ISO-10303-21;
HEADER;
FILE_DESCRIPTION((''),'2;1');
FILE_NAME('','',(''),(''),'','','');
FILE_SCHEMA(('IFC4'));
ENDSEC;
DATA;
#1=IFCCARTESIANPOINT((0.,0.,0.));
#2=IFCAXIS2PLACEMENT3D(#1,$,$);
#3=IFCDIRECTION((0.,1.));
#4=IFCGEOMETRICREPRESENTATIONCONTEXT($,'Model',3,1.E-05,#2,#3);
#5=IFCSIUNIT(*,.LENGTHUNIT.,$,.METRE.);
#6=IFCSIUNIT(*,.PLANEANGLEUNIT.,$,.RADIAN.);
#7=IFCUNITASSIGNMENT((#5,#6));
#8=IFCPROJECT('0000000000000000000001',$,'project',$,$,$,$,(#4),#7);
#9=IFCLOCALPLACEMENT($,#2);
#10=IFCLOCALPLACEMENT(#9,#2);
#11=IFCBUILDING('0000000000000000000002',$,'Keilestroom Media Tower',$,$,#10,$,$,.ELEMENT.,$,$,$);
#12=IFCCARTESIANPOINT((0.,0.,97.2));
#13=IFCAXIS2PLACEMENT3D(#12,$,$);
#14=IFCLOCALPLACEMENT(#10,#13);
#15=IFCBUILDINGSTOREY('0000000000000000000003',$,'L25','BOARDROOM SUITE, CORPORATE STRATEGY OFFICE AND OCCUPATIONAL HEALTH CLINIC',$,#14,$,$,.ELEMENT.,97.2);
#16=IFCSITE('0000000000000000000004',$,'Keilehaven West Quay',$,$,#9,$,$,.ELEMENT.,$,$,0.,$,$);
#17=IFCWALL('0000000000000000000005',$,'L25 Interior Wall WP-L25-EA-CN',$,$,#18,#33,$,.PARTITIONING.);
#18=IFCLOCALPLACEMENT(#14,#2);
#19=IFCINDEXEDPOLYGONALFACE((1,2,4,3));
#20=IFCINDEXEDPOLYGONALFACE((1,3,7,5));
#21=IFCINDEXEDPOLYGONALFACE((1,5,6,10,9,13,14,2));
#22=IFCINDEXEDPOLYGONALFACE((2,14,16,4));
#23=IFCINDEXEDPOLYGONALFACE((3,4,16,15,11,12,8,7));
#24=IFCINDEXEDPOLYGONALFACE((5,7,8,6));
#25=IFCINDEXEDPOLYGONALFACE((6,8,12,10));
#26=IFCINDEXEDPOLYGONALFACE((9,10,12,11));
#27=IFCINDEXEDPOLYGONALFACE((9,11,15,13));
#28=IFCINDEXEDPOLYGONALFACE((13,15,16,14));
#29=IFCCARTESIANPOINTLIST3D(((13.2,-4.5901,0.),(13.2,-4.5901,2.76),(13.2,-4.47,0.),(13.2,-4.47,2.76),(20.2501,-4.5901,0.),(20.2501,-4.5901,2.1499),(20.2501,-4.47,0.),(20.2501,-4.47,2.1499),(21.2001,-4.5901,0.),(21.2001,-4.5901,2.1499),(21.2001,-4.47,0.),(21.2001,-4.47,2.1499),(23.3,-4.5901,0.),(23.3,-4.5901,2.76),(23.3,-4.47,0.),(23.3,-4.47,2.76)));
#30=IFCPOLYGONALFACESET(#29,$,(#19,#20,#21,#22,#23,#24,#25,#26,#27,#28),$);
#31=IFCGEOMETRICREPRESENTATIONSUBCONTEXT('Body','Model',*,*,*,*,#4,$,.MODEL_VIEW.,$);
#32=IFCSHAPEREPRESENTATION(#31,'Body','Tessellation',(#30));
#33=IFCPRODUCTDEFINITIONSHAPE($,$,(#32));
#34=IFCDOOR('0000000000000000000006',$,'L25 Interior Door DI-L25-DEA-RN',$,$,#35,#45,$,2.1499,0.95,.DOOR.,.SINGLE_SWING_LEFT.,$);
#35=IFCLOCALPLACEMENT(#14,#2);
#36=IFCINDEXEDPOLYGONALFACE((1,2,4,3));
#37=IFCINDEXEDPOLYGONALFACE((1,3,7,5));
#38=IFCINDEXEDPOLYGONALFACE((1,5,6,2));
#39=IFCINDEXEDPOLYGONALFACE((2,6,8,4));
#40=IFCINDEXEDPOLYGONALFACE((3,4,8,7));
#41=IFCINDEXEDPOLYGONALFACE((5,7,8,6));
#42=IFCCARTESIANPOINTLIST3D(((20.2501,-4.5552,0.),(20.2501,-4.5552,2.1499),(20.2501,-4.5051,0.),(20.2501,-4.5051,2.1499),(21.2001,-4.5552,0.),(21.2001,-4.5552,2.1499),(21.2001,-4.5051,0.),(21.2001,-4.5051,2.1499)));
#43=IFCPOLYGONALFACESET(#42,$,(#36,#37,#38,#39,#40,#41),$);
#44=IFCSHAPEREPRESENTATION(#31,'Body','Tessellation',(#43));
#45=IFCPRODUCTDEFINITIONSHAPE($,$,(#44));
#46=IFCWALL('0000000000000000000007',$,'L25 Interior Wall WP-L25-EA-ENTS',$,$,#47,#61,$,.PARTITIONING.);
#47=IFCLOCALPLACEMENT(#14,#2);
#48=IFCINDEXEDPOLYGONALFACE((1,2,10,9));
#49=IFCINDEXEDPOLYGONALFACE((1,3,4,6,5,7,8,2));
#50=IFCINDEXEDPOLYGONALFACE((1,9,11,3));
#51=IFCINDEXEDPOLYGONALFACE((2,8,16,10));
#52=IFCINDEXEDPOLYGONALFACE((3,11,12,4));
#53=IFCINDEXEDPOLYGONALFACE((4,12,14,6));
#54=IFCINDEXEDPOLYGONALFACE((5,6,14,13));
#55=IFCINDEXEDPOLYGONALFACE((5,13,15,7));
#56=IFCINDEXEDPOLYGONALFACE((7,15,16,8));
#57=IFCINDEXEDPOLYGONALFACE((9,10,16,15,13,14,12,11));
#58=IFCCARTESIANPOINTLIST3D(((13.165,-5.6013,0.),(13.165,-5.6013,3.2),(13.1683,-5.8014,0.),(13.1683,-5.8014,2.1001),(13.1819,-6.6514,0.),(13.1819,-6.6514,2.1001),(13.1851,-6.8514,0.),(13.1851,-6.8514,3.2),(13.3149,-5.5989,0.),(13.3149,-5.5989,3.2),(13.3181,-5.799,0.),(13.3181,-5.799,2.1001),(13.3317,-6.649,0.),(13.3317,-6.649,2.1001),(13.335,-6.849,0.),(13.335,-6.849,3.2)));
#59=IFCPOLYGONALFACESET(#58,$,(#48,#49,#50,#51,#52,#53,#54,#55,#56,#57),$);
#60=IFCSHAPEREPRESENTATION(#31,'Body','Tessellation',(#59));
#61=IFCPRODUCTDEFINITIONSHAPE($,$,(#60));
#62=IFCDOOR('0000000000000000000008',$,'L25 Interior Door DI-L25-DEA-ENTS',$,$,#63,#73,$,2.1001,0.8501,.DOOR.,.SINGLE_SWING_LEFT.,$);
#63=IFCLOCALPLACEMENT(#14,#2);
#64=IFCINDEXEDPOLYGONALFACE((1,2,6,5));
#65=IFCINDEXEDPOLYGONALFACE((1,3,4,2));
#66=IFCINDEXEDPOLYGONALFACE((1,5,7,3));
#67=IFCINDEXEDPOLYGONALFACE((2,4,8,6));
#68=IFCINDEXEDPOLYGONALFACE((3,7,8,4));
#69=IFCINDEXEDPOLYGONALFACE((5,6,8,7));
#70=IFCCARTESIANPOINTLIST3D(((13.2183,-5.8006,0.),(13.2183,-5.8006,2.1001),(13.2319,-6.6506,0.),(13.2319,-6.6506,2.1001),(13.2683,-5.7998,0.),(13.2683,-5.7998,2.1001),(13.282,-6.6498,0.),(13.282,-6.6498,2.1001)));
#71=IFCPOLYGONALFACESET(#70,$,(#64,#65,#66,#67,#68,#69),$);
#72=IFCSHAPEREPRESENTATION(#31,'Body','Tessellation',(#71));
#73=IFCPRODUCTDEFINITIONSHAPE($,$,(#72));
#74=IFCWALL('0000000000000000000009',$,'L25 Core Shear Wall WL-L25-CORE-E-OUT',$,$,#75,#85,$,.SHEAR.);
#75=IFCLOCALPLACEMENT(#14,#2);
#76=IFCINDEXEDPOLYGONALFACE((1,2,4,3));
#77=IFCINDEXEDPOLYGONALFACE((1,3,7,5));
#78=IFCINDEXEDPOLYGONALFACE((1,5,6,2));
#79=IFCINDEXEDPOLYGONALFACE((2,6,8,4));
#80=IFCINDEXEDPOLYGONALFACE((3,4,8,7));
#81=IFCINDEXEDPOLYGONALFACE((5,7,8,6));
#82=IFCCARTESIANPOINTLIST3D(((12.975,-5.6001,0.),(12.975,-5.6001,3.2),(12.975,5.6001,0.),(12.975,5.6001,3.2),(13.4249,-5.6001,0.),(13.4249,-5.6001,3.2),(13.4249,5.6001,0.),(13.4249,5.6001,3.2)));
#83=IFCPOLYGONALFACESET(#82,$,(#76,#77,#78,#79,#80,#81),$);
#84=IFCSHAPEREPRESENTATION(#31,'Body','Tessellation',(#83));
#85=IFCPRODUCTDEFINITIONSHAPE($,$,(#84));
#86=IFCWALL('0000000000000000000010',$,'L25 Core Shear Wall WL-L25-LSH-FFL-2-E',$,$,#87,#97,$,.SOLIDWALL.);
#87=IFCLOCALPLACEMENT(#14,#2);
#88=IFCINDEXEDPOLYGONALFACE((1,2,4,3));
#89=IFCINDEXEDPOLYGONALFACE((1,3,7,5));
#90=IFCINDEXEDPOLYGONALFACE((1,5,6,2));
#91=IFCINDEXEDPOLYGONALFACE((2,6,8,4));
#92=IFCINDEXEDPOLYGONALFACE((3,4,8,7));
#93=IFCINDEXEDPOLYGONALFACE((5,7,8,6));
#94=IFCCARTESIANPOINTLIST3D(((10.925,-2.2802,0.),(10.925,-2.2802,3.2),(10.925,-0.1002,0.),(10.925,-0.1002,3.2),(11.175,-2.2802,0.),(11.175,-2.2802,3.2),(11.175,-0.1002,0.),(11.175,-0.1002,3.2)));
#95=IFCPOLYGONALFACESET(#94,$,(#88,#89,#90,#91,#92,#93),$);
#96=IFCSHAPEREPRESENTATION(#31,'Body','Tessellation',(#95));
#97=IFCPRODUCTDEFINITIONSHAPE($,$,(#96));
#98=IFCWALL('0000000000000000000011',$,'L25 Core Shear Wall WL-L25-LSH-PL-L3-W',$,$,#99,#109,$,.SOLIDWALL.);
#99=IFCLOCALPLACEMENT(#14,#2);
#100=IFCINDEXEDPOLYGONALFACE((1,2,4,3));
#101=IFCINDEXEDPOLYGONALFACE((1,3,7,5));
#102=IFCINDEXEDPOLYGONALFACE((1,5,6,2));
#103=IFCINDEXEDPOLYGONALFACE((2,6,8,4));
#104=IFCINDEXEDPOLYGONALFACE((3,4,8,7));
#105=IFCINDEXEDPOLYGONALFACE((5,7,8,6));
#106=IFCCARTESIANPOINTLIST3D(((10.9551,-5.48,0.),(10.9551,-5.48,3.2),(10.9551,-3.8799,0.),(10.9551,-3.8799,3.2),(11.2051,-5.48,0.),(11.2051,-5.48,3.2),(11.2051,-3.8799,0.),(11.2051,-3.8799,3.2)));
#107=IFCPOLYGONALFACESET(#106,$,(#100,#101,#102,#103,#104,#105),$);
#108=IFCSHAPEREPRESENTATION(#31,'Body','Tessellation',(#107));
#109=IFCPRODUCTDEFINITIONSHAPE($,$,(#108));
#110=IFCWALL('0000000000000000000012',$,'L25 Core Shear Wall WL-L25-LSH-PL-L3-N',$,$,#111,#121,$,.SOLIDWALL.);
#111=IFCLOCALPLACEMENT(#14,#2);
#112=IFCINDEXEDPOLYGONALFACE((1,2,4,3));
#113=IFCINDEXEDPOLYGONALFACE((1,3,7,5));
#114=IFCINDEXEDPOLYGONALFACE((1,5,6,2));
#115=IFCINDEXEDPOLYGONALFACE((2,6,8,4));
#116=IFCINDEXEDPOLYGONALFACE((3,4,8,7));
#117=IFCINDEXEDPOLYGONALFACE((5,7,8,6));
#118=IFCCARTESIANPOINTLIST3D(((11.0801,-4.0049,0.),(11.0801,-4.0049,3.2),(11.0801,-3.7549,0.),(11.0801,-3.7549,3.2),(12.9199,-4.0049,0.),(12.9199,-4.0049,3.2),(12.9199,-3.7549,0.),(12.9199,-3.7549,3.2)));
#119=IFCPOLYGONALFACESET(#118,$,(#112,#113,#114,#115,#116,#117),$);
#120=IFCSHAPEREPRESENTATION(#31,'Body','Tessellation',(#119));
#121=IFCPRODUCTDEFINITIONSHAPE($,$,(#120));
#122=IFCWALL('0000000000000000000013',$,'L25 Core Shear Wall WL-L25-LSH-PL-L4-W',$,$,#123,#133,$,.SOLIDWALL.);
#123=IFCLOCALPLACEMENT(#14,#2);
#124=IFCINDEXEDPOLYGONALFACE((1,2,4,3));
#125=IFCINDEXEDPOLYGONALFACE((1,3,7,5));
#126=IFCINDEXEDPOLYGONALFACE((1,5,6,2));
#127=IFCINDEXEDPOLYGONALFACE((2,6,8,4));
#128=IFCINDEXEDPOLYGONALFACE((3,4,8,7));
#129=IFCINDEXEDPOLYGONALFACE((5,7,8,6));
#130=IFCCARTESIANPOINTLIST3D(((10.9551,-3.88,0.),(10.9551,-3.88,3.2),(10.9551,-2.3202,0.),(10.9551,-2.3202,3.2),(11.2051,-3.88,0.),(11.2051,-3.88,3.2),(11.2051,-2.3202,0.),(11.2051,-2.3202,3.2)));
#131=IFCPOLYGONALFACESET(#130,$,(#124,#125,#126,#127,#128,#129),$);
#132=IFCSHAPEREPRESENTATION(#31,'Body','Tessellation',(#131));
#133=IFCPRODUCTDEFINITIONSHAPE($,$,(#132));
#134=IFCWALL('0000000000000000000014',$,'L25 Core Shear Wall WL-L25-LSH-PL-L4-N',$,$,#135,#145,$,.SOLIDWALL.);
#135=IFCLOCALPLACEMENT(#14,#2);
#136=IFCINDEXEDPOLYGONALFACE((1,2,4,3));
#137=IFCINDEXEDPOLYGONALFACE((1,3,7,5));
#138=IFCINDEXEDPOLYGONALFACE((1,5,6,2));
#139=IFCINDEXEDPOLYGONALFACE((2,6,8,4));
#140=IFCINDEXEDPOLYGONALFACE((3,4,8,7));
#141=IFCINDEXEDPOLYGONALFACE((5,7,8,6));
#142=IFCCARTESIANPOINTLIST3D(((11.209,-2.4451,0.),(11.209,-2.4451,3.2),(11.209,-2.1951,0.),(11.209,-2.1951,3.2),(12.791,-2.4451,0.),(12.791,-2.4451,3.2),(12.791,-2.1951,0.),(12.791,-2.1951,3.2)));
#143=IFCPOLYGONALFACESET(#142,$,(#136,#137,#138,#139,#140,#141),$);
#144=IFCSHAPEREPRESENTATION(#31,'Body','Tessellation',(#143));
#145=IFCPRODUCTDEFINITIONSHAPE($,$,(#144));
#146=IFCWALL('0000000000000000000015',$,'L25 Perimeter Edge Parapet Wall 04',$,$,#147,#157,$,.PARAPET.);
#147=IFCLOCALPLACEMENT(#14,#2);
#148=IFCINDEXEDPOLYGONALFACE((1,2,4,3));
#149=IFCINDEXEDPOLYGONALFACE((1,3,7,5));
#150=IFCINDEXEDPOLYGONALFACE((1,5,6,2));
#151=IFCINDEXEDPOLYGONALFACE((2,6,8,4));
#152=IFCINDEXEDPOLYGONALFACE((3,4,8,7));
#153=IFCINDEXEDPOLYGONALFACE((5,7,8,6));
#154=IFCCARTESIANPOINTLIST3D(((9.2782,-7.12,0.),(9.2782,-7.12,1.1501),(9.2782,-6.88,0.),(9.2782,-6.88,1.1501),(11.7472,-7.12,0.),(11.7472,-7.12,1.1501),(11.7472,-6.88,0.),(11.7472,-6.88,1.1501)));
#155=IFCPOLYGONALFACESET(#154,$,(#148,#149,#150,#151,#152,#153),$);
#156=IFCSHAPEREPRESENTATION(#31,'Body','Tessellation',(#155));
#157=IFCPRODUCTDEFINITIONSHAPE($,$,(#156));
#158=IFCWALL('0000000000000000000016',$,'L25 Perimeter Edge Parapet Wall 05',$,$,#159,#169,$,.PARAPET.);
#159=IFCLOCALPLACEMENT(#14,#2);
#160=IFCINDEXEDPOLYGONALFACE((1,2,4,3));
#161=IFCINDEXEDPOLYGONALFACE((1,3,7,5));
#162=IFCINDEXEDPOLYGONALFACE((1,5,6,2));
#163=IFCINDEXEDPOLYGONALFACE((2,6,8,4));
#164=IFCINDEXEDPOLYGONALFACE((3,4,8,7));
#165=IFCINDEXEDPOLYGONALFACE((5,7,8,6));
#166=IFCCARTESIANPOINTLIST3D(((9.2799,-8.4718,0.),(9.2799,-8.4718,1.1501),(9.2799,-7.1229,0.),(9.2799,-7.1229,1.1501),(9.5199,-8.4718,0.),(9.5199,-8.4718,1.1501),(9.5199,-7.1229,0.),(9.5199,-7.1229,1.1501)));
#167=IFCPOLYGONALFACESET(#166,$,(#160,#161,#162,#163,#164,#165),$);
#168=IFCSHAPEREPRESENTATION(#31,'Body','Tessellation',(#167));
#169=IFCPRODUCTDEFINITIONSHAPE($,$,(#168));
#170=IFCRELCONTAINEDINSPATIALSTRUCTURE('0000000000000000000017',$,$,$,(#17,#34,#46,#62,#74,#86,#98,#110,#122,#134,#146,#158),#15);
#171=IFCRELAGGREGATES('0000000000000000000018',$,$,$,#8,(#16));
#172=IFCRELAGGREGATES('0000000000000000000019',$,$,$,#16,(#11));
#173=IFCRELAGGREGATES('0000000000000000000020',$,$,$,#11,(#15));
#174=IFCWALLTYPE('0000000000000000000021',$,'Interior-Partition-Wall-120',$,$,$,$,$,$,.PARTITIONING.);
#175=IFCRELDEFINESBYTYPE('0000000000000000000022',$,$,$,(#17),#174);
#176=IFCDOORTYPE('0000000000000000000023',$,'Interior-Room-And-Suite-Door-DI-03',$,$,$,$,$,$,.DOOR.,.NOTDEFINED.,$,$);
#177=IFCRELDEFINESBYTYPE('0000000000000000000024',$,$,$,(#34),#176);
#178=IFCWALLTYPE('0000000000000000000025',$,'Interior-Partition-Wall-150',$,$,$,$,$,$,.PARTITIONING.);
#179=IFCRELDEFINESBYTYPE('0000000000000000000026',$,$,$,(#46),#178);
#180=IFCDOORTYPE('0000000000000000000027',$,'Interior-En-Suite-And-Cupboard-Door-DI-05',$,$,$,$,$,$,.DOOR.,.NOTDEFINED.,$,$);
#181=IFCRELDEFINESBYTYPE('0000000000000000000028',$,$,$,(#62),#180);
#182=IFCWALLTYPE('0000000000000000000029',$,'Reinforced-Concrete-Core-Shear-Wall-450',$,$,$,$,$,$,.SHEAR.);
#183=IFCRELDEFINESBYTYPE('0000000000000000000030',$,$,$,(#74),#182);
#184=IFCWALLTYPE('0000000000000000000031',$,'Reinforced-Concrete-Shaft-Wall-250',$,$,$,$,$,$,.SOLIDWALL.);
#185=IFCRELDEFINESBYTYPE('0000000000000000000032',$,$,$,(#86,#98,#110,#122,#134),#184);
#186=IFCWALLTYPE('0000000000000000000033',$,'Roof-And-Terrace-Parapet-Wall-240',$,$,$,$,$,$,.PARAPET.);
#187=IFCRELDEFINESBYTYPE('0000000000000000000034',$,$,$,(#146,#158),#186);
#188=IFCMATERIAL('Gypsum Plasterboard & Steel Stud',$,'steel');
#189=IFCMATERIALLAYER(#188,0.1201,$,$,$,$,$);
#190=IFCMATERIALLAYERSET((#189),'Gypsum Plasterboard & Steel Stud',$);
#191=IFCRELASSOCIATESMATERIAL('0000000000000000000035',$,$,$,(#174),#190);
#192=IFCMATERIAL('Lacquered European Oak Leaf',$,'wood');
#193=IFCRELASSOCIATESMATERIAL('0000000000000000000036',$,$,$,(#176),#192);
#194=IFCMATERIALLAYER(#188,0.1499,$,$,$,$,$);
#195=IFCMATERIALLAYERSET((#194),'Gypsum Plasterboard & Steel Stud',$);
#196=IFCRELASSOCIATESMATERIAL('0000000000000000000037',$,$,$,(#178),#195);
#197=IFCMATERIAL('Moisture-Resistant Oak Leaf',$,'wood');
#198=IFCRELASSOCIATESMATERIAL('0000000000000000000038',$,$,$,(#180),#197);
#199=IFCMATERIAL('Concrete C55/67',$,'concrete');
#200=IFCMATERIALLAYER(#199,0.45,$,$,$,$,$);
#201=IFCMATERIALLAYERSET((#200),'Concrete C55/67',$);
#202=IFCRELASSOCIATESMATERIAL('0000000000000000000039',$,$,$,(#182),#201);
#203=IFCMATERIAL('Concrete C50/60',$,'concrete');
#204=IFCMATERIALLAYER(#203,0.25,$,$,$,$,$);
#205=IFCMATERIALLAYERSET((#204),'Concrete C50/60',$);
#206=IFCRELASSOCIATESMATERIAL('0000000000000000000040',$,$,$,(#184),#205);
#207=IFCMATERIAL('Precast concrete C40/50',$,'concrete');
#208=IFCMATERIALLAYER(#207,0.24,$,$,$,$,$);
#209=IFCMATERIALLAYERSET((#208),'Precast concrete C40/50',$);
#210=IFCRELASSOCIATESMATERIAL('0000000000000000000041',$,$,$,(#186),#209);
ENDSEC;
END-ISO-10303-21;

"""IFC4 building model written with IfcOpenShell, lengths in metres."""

from ifc_helpers import new_model, si_unit, direction, frame, frame_2d, origin, place, context, subcontext, project, spatial, rectangle, extrude, source, transform, mapped, material, layer, layer_set, type_object, element, fill, save


model = new_model("IFC4")

# Units and contexts
model_context = context("Model", 3, precision=1e-05, world=origin(), true_north=direction((0.0, 1.0)))
body_context = subcontext(model_context, "Body", "Model", "MODEL_VIEW")
ifc_project = project(units=[si_unit("LENGTHUNIT", "METRE"), si_unit("PLANEANGLEUNIT", "RADIAN")], contexts=[model_context])

# Site, building, storey
site_placement = place(None, origin())
site = spatial("IfcSite", under=ifc_project, at=site_placement, Name="Keilehaven West Quay", CompositionType="ELEMENT", RefElevation=0.0)
building_placement = place(site_placement, origin())
building = spatial("IfcBuilding", under=site, at=building_placement, Name="Keilestroom Media Tower", CompositionType="ELEMENT")
storey_placement = place(building_placement, frame((0.0, 0.0, 97.2)))
storey = spatial("IfcBuildingStorey", under=building, at=storey_placement, Name="L25", Description="BOARDROOM SUITE, CORPORATE STRATEGY OFFICE AND OCCUPATIONAL HEALTH CLINIC", CompositionType="ELEMENT", Elevation=97.2)

# Shared definitions
ifc_material_1 = material(Name="Precast concrete C40/50", Category="concrete")
ifc_material_2 = material(Name="Concrete C55/67", Category="concrete")

# Walls, openings, doors
ifc_material_3 = material(Name="Gypsum Plasterboard & Steel Stud", Category="steel")
ifc_layer_1 = layer(ifc_material_3, 0.1201)
ifc_layer_set_1 = layer_set([ifc_layer_1], Name="Gypsum Plasterboard & Steel Stud")
wall_type_1 = type_object("IfcWallType", Name="Interior-Partition-Wall-120", PredefinedType="PARTITIONING", material=ifc_layer_set_1)
wall_1_placement = place(storey_placement, frame((13.2, -4.53, 0.0), z_axis=(0.0, 0.0, 1.0), x_axis=(1.0, 0.0, 0.0)))
wall_1 = element("IfcWall", 1, at=wall_1_placement, inside=storey, type_object=wall_type_1, Name="L25 Interior Wall WP-L25-EA-CN", PredefinedType="PARTITIONING", context=body_context, shape_type="SweptSolid", body=[
    extrude(rectangle(XDim=10.1001, YDim=0.1201, at=frame_2d((5.05, 0.0))), origin(), (0.0, 0.0, 1.0), 2.76),
])
opening_1_placement = place(wall_1_placement, frame((7.05, 0.0, 0.0)))
opening_1 = element("IfcOpeningElement", 2, at=opening_1_placement, cuts=wall_1, PredefinedType="OPENING", context=body_context, shape_type="SweptSolid", body=[
    extrude(rectangle(XDim=0.95, YDim=2.1499, at=frame_2d((0.4751, 1.075))), frame((0.0, 0.0701, 0.0), z_axis=(0.0, -1.0, 0.0), x_axis=(1.0, 0.0, 0.0)), (0.0, 0.0, 1.0), 0.1401),
])
ifc_material_4 = material(Name="Lacquered European Oak Leaf", Category="wood")
door_type_1 = type_object("IfcDoorType", Name="Interior-Room-And-Suite-Door-DI-03", OperationType="NOTDEFINED", PredefinedType="DOOR", material=ifc_material_4)
shared_shape_1 = source(origin(), body_context, "Body", "SweptSolid", [
    extrude(rectangle(XDim=0.95, YDim=2.1499, at=frame_2d((0.4751, 1.075))), frame((0.0, 0.0249, 0.0), z_axis=(0.0, -1.0, 0.0), x_axis=(1.0, 0.0, 0.0)), (0.0, 0.0, 1.0), 0.05),
])
door_1_placement = place(opening_1_placement, origin())
door_1 = element("IfcDoor", 3, at=door_1_placement, inside=storey, type_object=door_type_1, Name="L25 Interior Door DI-L25-DEA-RN", OperationType="SINGLE_SWING_LEFT", OverallHeight=2.1499, OverallWidth=0.95, PredefinedType="DOOR", context=body_context, shape_type="MappedRepresentation", body=[
    mapped(shared_shape_1, transform((0.0, 0.0, 0.0), x_axis=(1.0, 0.0, 0.0), y_axis=(0.0, 1.0, 0.0), z_axis=(0.0, 0.0, 1.0), scale=1.0)),
])
fill(opening_1, door_1)
ifc_layer_2 = layer(ifc_material_3, 0.1499)
ifc_layer_set_2 = layer_set([ifc_layer_2], Name="Gypsum Plasterboard & Steel Stud")
wall_type_2 = type_object("IfcWallType", Name="Interior-Partition-Wall-150", PredefinedType="PARTITIONING", material=ifc_layer_set_2)
wall_2_placement = place(storey_placement, frame((13.26, -6.8501, 0.0), z_axis=(0.0, 0.0, 1.0), x_axis=(-0.016014, 0.999872, 0.0)))
wall_2 = element("IfcWall", 4, at=wall_2_placement, inside=storey, type_object=wall_type_2, Name="L25 Interior Wall WP-L25-EA-ENTS", PredefinedType="PARTITIONING", context=body_context, shape_type="SweptSolid", body=[
    extrude(rectangle(XDim=1.2502, YDim=0.1499, at=frame_2d((0.625, 0.0))), origin(), (0.0, 0.0, 1.0), 3.2),
])
opening_2_placement = place(wall_2_placement, frame((0.2, 0.0, 0.0)))
opening_2 = element("IfcOpeningElement", 5, at=opening_2_placement, cuts=wall_2, PredefinedType="OPENING", context=body_context, shape_type="SweptSolid", body=[
    extrude(rectangle(XDim=0.8501, YDim=2.1001, at=frame_2d((0.425, 1.05))), frame((0.0, 0.085, 0.0), z_axis=(0.0, -1.0, 0.0), x_axis=(1.0, 0.0, 0.0)), (0.0, 0.0, 1.0), 0.1699),
])
ifc_material_5 = material(Name="Moisture-Resistant Oak Leaf", Category="wood")
door_type_2 = type_object("IfcDoorType", Name="Interior-En-Suite-And-Cupboard-Door-DI-05", OperationType="NOTDEFINED", PredefinedType="DOOR", material=ifc_material_5)
shared_shape_2 = source(origin(), body_context, "Body", "SweptSolid", [
    extrude(rectangle(XDim=0.8501, YDim=2.1001, at=frame_2d((0.425, 1.05))), frame((0.0, 0.0249, 0.0), z_axis=(0.0, -1.0, 0.0), x_axis=(1.0, 0.0, 0.0)), (0.0, 0.0, 1.0), 0.05),
])
door_2_placement = place(opening_2_placement, origin())
door_2 = element("IfcDoor", 6, at=door_2_placement, inside=storey, type_object=door_type_2, Name="L25 Interior Door DI-L25-DEA-ENTS", OperationType="SINGLE_SWING_LEFT", OverallHeight=2.1001, OverallWidth=0.8501, PredefinedType="DOOR", context=body_context, shape_type="MappedRepresentation", body=[
    mapped(shared_shape_2, transform((0.0, 0.0, 0.0), x_axis=(1.0, 0.0, 0.0), y_axis=(0.0, 1.0, 0.0), z_axis=(0.0, 0.0, 1.0), scale=1.0)),
])
fill(opening_2, door_2)

# Walls
ifc_layer_3 = layer(ifc_material_2, 0.45)
ifc_layer_set_3 = layer_set([ifc_layer_3], Name="Concrete C55/67")
wall_type_3 = type_object("IfcWallType", Name="Reinforced-Concrete-Core-Shear-Wall-450", PredefinedType="SHEAR", material=ifc_layer_set_3)
wall_3_placement = place(storey_placement, frame((13.2, -5.6001, 0.0), z_axis=(0.0, 0.0, 1.0), x_axis=(0.0, 1.0, 0.0)))
element("IfcWall", 7, at=wall_3_placement, inside=storey, type_object=wall_type_3, Name="L25 Core Shear Wall WL-L25-CORE-E-OUT", PredefinedType="SHEAR", context=body_context, shape_type="SweptSolid", body=[
    extrude(rectangle(XDim=11.2002, YDim=0.45, at=frame_2d((5.6001, 0.0))), origin(), (0.0, 0.0, 1.0), 3.2),
])
ifc_material_6 = material(Name="Concrete C50/60", Category="concrete")
ifc_layer_4 = layer(ifc_material_6, 0.25)
ifc_layer_set_4 = layer_set([ifc_layer_4], Name="Concrete C50/60")
wall_type_4 = type_object("IfcWallType", Name="Reinforced-Concrete-Shaft-Wall-250", PredefinedType="SOLIDWALL", material=ifc_layer_set_4)
wall_4_placement = place(storey_placement, frame((11.05, -2.28, 0.0), z_axis=(0.0, 0.0, 1.0), x_axis=(0.0, 1.0, 0.0)))
element("IfcWall", 8, at=wall_4_placement, inside=storey, type_object=wall_type_4, Name="L25 Core Shear Wall WL-L25-LSH-FFL-2-E", PredefinedType="SOLIDWALL", context=body_context, shape_type="SweptSolid", body=[
    extrude(rectangle(XDim=2.1799, YDim=0.25, at=frame_2d((1.0898, 0.0))), origin(), (0.0, 0.0, 1.0), 3.2),
])
wall_5_placement = place(storey_placement, frame((11.0801, -5.48, 0.0), z_axis=(0.0, 0.0, 1.0), x_axis=(0.0, 1.0, 0.0)))
element("IfcWall", 9, at=wall_5_placement, inside=storey, type_object=wall_type_4, Name="L25 Core Shear Wall WL-L25-LSH-PL-L3-W", PredefinedType="SOLIDWALL", context=body_context, shape_type="SweptSolid", body=[
    extrude(rectangle(XDim=1.6001, YDim=0.25, at=frame_2d((0.8, 0.0))), origin(), (0.0, 0.0, 1.0), 3.2),
])
wall_6_placement = place(storey_placement, frame((11.0801, -3.8799, 0.0), z_axis=(0.0, 0.0, 1.0), x_axis=(1.0, 0.0, 0.0)))
element("IfcWall", 10, at=wall_6_placement, inside=storey, type_object=wall_type_4, Name="L25 Core Shear Wall WL-L25-LSH-PL-L3-N", PredefinedType="SOLIDWALL", context=body_context, shape_type="SweptSolid", body=[
    extrude(rectangle(XDim=1.8398, YDim=0.25, at=frame_2d((0.9199, 0.0))), origin(), (0.0, 0.0, 1.0), 3.2),
])
wall_7_placement = place(storey_placement, frame((11.0801, -3.8799, 0.0), z_axis=(0.0, 0.0, 1.0), x_axis=(0.0, 1.0, 0.0)))
element("IfcWall", 11, at=wall_7_placement, inside=storey, type_object=wall_type_4, Name="L25 Core Shear Wall WL-L25-LSH-PL-L4-W", PredefinedType="SOLIDWALL", context=body_context, shape_type="SweptSolid", body=[
    extrude(rectangle(XDim=1.5598, YDim=0.25, at=frame_2d((0.7798, 0.0))), origin(), (0.0, 0.0, 1.0), 3.2),
])
wall_8_placement = place(storey_placement, frame((11.209, -2.3201, 0.0), z_axis=(0.0, 0.0, 1.0), x_axis=(1.0, 0.0, 0.0)))
element("IfcWall", 12, at=wall_8_placement, inside=storey, type_object=wall_type_4, Name="L25 Core Shear Wall WL-L25-LSH-PL-L4-N", PredefinedType="SOLIDWALL", context=body_context, shape_type="SweptSolid", body=[
    extrude(rectangle(XDim=1.582, YDim=0.25, at=frame_2d((0.791, 0.0))), origin(), (0.0, 0.0, 1.0), 3.2),
])
ifc_layer_5 = layer(ifc_material_1, 0.24)
ifc_layer_set_5 = layer_set([ifc_layer_5], Name="Precast concrete C40/50")
wall_type_5 = type_object("IfcWallType", Name="Roof-And-Terrace-Parapet-Wall-240", PredefinedType="PARAPET", material=ifc_layer_set_5)
wall_9_placement = place(storey_placement, frame((11.7471, -7.0, 0.0), z_axis=(0.0, 0.0, 1.0), x_axis=(-1.0, 0.0, 0.0)))
element("IfcWall", 13, at=wall_9_placement, inside=storey, type_object=wall_type_5, Name="L25 Perimeter Edge Parapet Wall 04", PredefinedType="PARAPET", context=body_context, shape_type="SweptSolid", body=[
    extrude(rectangle(XDim=2.469, YDim=0.24, at=frame_2d((1.2344, 0.0))), origin(), (0.0, 0.0, 1.0), 1.1501),
])
wall_10_placement = place(storey_placement, frame((9.3999, -7.123, 0.0), z_axis=(0.0, 0.0, 1.0), x_axis=(0.0, -1.0, 0.0)))
element("IfcWall", 14, at=wall_10_placement, inside=storey, type_object=wall_type_5, Name="L25 Perimeter Edge Parapet Wall 05", PredefinedType="PARAPET", context=body_context, shape_type="SweptSolid", body=[
    extrude(rectangle(XDim=1.3489, YDim=0.24, at=frame_2d((0.6743, 0.0))), origin(), (0.0, 0.0, 1.0), 1.1501),
])

save(model, "model.ifc")
